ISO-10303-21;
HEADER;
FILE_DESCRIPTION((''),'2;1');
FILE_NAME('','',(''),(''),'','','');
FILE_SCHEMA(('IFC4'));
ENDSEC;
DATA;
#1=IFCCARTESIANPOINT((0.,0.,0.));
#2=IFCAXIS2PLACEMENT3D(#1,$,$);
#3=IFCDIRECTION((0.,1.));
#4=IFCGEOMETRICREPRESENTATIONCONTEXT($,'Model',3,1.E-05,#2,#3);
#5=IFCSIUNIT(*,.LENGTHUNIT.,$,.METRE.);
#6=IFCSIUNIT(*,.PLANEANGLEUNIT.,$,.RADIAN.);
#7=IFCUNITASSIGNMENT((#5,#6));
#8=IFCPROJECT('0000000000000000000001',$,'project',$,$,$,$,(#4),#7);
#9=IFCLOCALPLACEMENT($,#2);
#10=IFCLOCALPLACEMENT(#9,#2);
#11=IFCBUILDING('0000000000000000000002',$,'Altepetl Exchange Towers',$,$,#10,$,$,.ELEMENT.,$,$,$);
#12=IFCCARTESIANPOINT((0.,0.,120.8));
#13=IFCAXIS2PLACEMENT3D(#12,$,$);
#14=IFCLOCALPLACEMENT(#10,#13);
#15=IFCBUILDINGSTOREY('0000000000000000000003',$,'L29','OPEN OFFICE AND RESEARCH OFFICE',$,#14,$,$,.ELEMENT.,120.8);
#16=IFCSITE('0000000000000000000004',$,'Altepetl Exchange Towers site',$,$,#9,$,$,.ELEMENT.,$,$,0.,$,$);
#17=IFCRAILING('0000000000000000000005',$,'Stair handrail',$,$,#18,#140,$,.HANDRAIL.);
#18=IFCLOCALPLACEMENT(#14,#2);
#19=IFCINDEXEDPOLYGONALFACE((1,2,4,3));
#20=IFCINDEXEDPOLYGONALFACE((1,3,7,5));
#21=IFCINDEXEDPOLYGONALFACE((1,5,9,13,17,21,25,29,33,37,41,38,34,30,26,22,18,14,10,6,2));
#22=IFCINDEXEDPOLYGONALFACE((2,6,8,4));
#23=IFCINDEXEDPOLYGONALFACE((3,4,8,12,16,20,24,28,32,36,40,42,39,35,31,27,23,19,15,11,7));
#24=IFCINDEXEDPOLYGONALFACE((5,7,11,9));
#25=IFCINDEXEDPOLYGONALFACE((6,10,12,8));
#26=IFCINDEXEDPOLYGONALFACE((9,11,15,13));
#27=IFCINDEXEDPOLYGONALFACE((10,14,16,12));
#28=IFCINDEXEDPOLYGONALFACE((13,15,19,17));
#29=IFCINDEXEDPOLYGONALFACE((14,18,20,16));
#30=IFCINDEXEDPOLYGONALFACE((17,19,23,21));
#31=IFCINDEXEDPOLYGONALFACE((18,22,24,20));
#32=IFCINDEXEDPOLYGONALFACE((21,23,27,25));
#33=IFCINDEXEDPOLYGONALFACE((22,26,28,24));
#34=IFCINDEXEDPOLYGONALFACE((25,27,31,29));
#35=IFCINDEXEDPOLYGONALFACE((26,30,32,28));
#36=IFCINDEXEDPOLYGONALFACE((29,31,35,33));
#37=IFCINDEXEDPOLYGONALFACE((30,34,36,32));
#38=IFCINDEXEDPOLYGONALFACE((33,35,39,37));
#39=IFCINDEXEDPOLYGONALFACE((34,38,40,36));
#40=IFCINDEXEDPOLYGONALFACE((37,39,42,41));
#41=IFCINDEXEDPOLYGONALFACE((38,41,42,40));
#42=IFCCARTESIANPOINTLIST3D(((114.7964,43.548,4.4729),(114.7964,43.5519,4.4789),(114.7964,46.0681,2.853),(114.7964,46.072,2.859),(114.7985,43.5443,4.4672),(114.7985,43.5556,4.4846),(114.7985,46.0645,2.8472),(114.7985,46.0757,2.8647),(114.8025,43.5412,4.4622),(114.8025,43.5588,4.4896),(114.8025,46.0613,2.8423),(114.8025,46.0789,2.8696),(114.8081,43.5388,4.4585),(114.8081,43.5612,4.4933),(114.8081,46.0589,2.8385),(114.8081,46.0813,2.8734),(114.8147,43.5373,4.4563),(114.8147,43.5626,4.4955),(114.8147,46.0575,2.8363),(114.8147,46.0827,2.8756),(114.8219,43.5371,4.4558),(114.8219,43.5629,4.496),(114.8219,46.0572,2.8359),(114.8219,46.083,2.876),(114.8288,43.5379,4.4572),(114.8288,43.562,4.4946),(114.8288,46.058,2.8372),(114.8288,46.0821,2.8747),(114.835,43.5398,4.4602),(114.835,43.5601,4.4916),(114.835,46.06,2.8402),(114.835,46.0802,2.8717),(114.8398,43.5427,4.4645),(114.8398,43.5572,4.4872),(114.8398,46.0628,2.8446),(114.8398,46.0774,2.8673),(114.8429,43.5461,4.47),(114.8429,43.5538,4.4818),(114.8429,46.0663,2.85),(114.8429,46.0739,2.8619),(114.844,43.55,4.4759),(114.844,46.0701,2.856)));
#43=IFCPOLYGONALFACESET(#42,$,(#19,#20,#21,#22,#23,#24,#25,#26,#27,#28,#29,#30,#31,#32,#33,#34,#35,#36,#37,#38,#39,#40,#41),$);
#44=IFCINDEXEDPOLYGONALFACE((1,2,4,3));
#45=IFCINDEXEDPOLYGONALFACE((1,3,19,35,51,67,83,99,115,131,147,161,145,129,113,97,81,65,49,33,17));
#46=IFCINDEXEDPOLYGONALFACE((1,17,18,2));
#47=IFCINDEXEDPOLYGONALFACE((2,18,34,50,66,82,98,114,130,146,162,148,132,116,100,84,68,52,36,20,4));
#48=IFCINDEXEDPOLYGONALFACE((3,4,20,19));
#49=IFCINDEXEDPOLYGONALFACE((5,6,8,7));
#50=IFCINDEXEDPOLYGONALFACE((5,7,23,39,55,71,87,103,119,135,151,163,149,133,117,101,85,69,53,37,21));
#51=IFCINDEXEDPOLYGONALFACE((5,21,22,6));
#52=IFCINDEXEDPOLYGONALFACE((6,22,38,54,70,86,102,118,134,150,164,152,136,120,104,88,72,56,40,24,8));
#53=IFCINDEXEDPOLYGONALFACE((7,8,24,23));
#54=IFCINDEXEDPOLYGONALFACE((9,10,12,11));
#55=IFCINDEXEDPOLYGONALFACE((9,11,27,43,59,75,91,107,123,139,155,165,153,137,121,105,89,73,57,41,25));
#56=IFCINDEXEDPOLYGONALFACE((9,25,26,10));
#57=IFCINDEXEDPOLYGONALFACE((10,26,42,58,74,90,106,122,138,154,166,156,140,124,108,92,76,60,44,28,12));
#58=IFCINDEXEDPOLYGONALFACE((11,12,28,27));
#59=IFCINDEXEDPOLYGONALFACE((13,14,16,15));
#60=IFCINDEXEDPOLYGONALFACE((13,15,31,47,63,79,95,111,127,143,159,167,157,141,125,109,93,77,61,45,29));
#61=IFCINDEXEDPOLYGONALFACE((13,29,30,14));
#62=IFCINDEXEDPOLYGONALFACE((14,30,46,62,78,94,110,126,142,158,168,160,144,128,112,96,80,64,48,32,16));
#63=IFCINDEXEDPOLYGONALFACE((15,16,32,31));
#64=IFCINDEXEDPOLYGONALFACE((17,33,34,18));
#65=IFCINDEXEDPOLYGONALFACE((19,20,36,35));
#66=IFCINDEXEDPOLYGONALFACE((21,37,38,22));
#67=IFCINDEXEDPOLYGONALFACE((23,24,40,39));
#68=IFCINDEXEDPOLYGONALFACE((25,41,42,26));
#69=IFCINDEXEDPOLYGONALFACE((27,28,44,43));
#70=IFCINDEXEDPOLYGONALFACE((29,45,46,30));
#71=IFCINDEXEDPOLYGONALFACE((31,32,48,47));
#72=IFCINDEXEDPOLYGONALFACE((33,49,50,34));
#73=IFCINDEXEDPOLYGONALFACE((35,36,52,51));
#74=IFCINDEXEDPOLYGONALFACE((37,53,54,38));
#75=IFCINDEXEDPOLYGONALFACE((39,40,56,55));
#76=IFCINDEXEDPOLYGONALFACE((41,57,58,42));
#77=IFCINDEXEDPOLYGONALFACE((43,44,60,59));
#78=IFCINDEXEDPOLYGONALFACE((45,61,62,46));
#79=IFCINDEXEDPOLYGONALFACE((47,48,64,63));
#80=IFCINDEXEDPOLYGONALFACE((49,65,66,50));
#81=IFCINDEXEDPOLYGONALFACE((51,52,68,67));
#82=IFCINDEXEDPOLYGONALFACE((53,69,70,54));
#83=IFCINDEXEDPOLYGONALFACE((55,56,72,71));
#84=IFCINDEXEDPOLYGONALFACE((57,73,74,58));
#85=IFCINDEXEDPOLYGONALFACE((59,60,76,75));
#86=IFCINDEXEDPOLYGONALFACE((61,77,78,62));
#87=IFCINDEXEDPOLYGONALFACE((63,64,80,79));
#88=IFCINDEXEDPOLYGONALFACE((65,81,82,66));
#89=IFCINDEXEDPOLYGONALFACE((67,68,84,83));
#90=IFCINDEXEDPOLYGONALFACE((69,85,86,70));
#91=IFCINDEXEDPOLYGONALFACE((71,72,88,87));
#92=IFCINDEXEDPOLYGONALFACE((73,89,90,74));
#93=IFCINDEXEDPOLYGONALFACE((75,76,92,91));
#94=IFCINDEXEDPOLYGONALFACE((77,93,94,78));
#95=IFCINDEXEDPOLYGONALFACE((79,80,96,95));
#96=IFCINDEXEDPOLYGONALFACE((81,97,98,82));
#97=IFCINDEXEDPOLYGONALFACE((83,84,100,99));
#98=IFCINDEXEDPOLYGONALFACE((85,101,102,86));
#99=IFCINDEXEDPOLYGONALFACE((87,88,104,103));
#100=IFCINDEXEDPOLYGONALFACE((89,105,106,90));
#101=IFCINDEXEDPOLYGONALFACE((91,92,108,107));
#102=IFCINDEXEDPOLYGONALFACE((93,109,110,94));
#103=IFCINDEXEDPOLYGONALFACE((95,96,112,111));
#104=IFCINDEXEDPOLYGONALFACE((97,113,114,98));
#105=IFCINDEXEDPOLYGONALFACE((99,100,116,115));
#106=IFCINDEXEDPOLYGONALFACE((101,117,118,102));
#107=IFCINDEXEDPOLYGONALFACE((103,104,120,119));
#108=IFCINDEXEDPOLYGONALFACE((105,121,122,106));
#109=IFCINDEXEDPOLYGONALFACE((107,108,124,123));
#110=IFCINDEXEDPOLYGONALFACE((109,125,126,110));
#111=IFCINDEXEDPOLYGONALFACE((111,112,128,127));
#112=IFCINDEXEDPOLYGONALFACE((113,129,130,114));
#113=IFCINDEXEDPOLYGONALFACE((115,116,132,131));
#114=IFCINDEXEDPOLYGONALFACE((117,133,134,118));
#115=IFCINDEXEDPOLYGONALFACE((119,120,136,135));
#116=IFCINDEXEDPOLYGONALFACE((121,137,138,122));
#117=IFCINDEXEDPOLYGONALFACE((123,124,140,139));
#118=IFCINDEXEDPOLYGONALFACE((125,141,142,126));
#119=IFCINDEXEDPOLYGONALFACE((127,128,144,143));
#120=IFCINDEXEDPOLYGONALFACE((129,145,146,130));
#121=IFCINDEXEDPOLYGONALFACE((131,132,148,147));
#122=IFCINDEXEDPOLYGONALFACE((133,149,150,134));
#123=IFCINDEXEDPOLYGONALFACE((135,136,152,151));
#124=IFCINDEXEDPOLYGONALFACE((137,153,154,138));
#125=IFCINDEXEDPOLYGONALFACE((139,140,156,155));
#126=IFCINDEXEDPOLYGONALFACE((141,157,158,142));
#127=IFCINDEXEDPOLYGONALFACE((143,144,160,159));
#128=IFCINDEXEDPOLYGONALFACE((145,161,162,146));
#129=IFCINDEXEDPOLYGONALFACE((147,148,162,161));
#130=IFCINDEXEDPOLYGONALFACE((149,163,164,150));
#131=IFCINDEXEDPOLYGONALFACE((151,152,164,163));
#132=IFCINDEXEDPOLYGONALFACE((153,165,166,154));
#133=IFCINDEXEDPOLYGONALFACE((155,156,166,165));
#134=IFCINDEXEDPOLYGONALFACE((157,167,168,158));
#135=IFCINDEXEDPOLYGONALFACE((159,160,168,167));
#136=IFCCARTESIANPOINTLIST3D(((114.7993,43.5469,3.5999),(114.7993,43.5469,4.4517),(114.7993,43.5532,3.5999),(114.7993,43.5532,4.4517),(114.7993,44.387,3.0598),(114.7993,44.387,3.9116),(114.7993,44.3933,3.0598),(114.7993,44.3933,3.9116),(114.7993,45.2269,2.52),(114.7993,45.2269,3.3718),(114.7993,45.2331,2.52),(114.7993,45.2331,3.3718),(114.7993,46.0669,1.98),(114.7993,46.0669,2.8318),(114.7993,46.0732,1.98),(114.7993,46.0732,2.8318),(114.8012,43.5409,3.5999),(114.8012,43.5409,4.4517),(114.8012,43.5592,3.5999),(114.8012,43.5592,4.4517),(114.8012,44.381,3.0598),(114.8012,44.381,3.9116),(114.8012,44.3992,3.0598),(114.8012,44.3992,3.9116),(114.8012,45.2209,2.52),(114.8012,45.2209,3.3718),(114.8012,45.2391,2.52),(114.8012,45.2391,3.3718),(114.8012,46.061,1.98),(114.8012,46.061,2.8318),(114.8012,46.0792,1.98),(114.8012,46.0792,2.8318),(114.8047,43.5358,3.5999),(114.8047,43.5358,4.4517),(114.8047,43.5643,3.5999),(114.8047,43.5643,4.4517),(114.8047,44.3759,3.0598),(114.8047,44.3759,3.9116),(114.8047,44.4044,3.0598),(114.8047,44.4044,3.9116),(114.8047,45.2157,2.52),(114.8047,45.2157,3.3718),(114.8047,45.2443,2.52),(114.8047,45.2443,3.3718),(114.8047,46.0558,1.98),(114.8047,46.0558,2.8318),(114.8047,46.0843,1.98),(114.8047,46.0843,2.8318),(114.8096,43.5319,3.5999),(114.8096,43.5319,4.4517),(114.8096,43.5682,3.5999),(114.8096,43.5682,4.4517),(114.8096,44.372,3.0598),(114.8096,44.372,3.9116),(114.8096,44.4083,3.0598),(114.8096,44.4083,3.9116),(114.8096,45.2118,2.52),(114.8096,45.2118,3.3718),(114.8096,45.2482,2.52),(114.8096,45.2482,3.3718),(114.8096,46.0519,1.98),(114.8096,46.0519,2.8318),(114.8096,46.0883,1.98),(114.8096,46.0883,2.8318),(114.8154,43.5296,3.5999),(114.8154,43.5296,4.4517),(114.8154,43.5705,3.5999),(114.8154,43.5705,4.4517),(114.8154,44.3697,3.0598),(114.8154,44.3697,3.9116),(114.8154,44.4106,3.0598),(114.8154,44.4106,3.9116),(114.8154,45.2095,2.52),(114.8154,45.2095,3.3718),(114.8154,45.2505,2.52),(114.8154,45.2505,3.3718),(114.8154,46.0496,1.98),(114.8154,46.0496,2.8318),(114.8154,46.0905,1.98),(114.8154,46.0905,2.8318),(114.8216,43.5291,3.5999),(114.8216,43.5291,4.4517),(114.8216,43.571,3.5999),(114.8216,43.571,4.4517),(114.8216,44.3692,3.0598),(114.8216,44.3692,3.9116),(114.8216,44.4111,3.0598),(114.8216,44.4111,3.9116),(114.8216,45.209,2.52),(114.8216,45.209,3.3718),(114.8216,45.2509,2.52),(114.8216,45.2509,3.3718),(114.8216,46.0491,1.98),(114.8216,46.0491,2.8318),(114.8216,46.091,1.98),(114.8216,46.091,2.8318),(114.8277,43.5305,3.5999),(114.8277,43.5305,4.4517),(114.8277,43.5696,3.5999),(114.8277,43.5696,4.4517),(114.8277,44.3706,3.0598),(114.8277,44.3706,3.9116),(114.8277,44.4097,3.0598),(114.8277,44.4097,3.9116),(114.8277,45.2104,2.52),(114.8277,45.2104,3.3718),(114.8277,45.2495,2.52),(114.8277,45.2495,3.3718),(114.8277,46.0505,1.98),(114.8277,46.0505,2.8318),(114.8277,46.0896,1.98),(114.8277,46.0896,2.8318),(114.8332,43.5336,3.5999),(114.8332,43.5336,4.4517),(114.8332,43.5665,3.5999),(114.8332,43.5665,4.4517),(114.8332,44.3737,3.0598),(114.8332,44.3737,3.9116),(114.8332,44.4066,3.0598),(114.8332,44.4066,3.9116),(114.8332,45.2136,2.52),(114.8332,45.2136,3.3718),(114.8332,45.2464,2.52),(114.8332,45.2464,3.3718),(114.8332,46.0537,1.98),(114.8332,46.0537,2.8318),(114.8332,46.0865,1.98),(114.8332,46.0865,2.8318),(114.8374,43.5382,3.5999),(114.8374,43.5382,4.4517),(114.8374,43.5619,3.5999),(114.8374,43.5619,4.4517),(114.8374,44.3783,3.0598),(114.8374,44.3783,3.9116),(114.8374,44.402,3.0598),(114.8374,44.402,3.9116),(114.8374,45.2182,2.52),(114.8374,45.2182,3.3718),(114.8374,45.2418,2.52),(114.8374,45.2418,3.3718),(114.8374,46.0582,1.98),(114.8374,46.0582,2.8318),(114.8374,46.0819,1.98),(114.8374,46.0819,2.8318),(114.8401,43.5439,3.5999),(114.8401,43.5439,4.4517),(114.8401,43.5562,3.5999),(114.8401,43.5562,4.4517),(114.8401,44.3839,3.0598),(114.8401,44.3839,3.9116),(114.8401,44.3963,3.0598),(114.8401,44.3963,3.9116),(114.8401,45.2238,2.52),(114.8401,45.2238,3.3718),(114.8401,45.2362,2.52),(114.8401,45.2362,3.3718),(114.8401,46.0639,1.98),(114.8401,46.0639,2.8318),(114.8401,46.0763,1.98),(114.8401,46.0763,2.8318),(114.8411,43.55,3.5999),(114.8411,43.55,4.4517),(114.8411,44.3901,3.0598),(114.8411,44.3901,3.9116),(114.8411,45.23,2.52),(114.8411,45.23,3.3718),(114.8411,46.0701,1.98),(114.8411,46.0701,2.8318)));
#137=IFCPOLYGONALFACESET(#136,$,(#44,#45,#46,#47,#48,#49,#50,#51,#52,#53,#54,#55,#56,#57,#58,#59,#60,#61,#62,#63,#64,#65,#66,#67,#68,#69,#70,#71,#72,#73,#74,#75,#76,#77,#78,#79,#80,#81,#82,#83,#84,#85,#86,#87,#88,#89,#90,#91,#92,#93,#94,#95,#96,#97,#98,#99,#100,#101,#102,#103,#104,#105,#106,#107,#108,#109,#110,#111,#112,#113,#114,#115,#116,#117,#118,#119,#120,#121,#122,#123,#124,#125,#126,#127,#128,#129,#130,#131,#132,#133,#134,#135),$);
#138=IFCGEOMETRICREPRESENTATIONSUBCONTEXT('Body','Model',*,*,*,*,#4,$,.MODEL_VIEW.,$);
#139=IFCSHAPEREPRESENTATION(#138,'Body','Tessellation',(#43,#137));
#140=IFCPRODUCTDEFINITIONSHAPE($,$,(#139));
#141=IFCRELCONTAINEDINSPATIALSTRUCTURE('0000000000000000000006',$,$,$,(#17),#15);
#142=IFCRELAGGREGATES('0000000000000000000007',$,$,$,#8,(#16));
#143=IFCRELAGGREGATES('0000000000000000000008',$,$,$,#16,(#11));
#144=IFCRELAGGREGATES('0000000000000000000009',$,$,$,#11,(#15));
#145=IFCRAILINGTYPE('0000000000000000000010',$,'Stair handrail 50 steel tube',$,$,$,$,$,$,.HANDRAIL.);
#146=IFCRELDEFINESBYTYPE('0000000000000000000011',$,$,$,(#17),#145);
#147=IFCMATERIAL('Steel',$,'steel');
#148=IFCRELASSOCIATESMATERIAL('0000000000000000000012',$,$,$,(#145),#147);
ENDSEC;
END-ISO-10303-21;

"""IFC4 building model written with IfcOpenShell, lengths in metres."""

from ifc_helpers import new_model, si_unit, direction, frame, origin, origin_2d, place, context, subcontext, project, spatial, circle, extrude, source, transform, mapped, material, type_object, element, save


model = new_model("IFC4")

# Units and contexts
model_context = context("Model", 3, precision=1e-05, world=origin(), true_north=direction((0.0, 1.0)))
body_context = subcontext(model_context, "Body", "Model", "MODEL_VIEW")
ifc_project = project(units=[si_unit("LENGTHUNIT", "METRE"), si_unit("PLANEANGLEUNIT", "RADIAN")], contexts=[model_context])

# Site, building, storey
site_placement = place(None, origin())
site = spatial("IfcSite", under=ifc_project, at=site_placement, Name="Altepetl Exchange Towers site", CompositionType="ELEMENT", RefElevation=0.0)
building_placement = place(site_placement, origin())
building = spatial("IfcBuilding", under=site, at=building_placement, Name="Altepetl Exchange Towers", CompositionType="ELEMENT")
storey_placement = place(building_placement, frame((0.0, 0.0, 120.8)))
storey = spatial("IfcBuildingStorey", under=building, at=storey_placement, Name="L29", Description="OPEN OFFICE AND RESEARCH OFFICE", CompositionType="ELEMENT", Elevation=120.8)

# Railing
ifc_material_1 = material(Name="Steel", Category="steel")
railing_type = type_object("IfcRailingType", Name="Stair handrail 50 steel tube", PredefinedType="HANDRAIL", material=ifc_material_1)
shared_shape = source(origin(), body_context, "Body", "SweptSolid", [
    extrude(circle(Radius=0.021, at=origin_2d()), origin(), (0.0, 0.0, 1.0), 0.8518),
])
railing_1_placement = place(storey_placement, frame((114.8201, 46.0701, 1.98)))
element("IfcRailing", 1, at=railing_1_placement, inside=storey, type_object=railing_type, Name="Stair handrail", PredefinedType="HANDRAIL", context=body_context, shape_type="SweptSolid", body=[
    extrude(circle(Radius=0.0239, at=origin_2d()), frame((0.0, 0.0, 0.876), z_axis=(0.0, -0.8412, 0.540725), x_axis=(1.0, 0.0, 0.0)), (0.0, 0.0, 1.0), 2.9958),
    mapped(shared_shape, transform((0.0, 0.0, 0.0))),
    mapped(shared_shape, transform((0.0, -0.8401, 0.54))),
    mapped(shared_shape, transform((0.0, -1.6799, 1.0798))),
    mapped(shared_shape, transform((0.0, -2.52, 1.6199))),
])

save(model, "model.ifc")
